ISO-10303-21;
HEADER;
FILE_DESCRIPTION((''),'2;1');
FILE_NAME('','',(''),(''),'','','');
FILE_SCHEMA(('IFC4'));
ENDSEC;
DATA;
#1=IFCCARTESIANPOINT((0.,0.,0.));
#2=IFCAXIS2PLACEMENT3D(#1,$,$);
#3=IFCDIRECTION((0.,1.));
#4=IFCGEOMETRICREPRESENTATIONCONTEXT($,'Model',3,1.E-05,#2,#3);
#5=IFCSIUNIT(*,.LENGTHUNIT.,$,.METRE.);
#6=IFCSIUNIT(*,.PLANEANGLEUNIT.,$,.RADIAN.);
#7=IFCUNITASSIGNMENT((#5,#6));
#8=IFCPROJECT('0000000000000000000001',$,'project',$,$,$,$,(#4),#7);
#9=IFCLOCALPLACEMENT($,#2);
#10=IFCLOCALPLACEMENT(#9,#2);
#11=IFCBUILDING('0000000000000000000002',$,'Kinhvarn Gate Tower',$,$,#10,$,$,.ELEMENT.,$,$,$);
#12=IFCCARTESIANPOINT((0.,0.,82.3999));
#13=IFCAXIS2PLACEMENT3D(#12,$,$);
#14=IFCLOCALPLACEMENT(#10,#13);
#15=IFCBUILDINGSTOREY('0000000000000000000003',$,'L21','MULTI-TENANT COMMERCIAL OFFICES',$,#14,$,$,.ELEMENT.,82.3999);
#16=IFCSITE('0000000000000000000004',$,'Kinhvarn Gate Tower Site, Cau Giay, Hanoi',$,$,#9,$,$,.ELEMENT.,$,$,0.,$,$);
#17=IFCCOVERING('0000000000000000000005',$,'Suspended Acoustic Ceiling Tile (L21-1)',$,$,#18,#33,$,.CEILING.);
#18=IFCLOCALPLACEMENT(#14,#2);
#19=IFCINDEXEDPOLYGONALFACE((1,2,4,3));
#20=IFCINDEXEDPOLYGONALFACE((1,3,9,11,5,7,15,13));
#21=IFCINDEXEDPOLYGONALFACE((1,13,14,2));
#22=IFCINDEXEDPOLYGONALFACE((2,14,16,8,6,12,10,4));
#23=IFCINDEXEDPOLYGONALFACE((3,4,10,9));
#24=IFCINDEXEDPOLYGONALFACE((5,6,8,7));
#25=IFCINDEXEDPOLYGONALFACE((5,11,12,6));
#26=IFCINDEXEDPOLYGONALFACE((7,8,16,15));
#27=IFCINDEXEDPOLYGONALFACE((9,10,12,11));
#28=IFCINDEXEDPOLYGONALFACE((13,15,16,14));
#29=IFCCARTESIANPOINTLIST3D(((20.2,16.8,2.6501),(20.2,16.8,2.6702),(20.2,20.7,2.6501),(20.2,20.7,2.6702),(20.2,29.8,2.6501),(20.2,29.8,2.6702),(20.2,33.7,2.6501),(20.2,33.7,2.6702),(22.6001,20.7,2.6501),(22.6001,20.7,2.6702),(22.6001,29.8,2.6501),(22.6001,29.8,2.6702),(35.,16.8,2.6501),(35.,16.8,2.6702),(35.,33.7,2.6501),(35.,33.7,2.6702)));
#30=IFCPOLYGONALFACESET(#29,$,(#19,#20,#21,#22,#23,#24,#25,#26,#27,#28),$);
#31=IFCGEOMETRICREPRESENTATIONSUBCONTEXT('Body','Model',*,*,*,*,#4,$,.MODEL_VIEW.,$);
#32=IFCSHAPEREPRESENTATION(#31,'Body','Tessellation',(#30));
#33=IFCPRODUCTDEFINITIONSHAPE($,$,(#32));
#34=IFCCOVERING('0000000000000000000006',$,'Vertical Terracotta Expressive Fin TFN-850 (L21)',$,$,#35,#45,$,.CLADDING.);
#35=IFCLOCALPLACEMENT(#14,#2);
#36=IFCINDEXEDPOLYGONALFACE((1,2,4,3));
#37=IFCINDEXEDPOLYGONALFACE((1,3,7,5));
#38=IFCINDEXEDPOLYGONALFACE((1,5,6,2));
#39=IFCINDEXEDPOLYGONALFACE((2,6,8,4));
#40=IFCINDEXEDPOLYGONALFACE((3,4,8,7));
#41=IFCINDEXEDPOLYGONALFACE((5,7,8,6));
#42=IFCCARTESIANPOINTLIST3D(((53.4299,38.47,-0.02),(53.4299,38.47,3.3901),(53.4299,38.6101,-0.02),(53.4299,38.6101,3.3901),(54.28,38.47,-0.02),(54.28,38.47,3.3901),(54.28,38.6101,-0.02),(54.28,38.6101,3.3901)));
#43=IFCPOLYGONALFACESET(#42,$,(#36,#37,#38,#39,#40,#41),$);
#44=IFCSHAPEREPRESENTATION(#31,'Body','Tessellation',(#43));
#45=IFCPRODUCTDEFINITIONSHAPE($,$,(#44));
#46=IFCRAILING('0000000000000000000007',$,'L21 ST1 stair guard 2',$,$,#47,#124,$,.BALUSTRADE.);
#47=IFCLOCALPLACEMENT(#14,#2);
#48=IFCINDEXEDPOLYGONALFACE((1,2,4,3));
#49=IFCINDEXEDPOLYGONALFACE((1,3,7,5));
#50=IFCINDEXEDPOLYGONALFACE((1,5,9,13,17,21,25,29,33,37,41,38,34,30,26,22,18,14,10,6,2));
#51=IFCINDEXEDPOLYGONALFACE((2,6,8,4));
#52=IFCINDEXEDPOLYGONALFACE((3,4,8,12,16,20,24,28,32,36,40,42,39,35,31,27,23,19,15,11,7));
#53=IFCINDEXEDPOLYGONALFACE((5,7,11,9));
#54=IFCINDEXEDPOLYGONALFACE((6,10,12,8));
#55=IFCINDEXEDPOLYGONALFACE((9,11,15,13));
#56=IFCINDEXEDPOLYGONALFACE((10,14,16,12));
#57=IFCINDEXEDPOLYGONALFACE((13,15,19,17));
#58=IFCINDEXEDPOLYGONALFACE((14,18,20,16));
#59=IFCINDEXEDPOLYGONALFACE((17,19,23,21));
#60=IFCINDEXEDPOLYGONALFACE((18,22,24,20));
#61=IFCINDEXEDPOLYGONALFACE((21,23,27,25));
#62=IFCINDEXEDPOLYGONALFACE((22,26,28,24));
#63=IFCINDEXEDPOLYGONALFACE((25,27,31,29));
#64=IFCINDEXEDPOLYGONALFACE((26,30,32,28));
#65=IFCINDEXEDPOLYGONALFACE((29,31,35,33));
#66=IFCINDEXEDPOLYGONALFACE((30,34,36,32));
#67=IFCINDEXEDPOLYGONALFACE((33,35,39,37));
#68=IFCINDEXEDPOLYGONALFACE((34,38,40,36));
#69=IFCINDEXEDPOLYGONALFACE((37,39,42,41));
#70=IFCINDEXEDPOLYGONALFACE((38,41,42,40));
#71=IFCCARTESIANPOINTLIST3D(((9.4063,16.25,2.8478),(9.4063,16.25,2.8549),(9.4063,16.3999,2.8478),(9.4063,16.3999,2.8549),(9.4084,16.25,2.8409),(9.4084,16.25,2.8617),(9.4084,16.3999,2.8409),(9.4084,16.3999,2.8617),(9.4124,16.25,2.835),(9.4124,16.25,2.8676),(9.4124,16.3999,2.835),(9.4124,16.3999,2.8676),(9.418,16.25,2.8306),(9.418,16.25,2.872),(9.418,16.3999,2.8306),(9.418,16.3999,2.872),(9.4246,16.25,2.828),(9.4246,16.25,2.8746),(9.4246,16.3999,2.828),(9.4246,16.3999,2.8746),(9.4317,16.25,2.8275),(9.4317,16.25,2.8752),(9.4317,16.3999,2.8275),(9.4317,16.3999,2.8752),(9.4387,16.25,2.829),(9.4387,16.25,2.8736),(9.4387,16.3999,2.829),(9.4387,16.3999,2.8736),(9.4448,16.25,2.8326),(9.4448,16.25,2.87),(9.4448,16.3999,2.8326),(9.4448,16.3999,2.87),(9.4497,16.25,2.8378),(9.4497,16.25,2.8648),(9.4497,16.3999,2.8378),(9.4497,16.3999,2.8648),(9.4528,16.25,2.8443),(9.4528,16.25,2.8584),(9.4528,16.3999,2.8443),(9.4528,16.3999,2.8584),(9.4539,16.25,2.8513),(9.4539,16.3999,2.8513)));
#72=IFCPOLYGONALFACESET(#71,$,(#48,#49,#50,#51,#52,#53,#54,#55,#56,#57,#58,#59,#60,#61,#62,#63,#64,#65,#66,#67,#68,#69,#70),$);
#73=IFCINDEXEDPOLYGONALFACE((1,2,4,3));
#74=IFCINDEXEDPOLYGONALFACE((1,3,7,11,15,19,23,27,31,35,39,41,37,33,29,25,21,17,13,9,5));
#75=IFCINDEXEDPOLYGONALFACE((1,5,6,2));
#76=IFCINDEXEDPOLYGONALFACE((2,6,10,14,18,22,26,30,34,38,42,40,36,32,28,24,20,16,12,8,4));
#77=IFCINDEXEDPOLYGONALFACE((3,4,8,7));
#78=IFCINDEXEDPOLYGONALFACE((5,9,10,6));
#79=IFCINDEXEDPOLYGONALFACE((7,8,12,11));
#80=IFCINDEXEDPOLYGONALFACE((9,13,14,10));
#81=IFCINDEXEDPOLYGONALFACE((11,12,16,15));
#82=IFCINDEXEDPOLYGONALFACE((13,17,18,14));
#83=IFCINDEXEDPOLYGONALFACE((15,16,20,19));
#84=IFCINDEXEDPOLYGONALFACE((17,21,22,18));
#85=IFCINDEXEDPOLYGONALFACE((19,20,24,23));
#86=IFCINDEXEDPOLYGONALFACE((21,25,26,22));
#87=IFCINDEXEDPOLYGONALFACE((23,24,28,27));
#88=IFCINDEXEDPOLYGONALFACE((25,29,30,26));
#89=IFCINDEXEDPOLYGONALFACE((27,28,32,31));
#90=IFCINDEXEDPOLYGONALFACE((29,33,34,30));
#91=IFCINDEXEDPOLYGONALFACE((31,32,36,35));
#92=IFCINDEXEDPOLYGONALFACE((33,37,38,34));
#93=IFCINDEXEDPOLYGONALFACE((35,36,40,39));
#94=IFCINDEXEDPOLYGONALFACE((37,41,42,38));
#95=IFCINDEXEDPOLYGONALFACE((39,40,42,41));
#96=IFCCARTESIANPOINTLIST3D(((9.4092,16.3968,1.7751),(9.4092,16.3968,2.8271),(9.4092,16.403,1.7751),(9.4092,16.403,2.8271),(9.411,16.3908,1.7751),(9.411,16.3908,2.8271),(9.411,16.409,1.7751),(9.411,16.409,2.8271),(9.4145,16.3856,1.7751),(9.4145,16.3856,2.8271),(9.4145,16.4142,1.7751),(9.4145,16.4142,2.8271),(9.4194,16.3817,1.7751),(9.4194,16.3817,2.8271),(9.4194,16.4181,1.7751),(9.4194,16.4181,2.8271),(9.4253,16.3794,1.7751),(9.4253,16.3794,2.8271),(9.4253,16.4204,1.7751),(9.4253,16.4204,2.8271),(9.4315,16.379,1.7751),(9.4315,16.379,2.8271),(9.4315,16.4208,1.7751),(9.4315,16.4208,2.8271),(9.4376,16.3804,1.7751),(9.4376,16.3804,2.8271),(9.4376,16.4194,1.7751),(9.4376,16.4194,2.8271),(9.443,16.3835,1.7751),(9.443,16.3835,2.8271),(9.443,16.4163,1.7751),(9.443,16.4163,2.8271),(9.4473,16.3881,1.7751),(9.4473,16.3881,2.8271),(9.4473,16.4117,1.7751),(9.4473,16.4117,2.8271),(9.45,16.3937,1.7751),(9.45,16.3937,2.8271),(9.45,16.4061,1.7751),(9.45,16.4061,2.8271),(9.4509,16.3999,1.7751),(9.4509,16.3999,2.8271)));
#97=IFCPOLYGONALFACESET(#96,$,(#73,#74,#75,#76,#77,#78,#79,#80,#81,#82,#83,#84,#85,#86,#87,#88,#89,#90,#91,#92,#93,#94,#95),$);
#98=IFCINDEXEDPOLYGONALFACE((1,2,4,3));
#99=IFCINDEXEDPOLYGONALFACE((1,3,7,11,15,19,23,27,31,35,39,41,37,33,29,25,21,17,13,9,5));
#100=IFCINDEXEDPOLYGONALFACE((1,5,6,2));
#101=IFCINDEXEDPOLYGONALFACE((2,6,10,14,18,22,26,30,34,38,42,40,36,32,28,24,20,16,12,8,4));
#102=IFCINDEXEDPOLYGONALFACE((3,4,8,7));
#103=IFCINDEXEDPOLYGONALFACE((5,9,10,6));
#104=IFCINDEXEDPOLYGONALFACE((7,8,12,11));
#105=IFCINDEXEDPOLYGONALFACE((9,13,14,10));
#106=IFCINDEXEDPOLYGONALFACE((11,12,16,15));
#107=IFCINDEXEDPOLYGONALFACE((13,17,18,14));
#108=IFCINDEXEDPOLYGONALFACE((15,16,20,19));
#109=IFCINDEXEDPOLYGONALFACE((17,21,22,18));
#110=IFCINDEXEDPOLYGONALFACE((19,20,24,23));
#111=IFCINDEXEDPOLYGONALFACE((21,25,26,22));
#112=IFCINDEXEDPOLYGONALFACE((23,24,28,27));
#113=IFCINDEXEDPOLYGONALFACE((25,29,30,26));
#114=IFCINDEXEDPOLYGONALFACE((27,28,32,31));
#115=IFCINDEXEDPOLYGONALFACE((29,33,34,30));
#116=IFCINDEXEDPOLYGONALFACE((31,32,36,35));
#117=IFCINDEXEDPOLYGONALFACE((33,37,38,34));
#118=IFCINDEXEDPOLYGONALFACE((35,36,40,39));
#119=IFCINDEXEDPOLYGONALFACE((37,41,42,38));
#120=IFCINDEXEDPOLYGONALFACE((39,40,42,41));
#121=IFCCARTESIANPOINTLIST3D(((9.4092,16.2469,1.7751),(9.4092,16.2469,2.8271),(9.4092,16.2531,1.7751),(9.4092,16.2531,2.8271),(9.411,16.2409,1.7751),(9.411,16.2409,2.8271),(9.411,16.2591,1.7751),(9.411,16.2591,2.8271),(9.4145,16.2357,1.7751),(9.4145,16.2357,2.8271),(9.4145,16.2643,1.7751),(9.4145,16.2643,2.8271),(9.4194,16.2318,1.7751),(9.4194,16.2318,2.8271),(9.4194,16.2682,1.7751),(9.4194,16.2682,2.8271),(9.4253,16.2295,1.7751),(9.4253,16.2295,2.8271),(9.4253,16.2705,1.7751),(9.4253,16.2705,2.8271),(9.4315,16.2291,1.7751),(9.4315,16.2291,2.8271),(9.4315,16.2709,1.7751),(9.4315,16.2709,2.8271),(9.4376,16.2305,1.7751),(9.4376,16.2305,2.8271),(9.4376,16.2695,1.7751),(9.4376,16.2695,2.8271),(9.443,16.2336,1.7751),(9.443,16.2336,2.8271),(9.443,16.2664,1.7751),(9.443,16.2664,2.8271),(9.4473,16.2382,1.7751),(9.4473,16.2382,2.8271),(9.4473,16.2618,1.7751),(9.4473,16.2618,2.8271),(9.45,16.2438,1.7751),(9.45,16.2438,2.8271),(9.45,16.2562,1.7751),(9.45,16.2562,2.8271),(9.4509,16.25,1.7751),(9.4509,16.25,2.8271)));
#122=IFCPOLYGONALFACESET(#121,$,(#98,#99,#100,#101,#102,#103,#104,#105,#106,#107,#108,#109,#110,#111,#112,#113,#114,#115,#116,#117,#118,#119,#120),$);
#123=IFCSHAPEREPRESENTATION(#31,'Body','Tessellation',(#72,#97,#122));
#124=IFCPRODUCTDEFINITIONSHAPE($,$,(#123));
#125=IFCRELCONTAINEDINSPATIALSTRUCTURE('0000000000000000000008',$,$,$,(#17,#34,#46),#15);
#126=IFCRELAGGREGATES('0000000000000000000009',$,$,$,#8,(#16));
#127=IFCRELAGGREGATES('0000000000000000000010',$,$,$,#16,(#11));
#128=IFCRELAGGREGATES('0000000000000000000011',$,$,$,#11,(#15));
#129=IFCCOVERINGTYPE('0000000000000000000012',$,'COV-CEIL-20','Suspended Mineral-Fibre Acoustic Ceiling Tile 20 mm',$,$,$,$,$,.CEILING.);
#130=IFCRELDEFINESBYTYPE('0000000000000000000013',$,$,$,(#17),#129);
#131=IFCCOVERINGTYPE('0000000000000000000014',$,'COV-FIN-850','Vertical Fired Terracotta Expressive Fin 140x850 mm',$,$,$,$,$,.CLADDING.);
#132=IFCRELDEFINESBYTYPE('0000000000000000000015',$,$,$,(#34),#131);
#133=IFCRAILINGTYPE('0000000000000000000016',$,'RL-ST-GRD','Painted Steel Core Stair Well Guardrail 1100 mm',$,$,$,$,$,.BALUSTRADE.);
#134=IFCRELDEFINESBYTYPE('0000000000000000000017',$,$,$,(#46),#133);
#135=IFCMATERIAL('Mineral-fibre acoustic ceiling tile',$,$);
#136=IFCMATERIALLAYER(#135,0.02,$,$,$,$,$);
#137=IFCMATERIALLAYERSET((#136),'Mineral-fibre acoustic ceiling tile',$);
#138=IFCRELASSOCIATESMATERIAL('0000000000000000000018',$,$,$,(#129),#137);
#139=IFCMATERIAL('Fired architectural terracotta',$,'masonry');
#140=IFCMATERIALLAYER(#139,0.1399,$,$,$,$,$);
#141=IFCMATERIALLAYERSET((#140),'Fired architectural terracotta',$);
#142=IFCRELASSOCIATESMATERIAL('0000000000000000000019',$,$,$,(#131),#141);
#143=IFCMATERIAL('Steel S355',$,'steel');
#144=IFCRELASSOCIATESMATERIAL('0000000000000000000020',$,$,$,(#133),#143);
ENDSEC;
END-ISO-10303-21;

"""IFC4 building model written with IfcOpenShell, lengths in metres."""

from ifc_helpers import new_model, si_unit, direction, frame, origin, origin_2d, place, context, subcontext, project, spatial, polyline, circle, outline, extrude, material, layer, layer_set, type_object, element, save


model = new_model("IFC4")

# Units and contexts
model_context = context("Model", 3, precision=1e-05, world=origin(), true_north=direction((0.0, 1.0)))
body_context = subcontext(model_context, "Body", "Model", "MODEL_VIEW")
ifc_project = project(units=[si_unit("LENGTHUNIT", "METRE"), si_unit("PLANEANGLEUNIT", "RADIAN")], contexts=[model_context])

# Site, building, storey
site_placement = place(None, origin())
site = spatial("IfcSite", under=ifc_project, at=site_placement, Name="Kinhvarn Gate Tower Site, Cau Giay, Hanoi", CompositionType="ELEMENT", RefElevation=0.0)
building_placement = place(site_placement, origin())
building = spatial("IfcBuilding", under=site, at=building_placement, Name="Kinhvarn Gate Tower", CompositionType="ELEMENT")
storey_placement = place(building_placement, frame((0.0, 0.0, 82.3999)))
storey = spatial("IfcBuildingStorey", under=building, at=storey_placement, Name="L21", Description="MULTI-TENANT COMMERCIAL OFFICES", CompositionType="ELEMENT", Elevation=82.3999)

# Shared definitions
ifc_material_1 = material(Name="Steel S355", Category="steel")

# Shared definitions
ifc_material_2 = material(Name="Fired architectural terracotta", Category="masonry")

# Coverings
ifc_material_3 = material(Name="Mineral-fibre acoustic ceiling tile")
ifc_layer_1 = layer(ifc_material_3, 0.02)
ifc_layer_set_1 = layer_set([ifc_layer_1], Name="Mineral-fibre acoustic ceiling tile")
covering_type_1 = type_object("IfcCoveringType", Name="COV-CEIL-20", Description="Suspended Mineral-Fibre Acoustic Ceiling Tile 20 mm", PredefinedType="CEILING", material=ifc_layer_set_1)
covering_1_placement = place(storey_placement, frame((0.0, 0.0, 2.6501)))
element("IfcCovering", 1, at=covering_1_placement, inside=storey, type_object=covering_type_1, Name="Suspended Acoustic Ceiling Tile (L21-1)", PredefinedType="CEILING", context=body_context, shape_type="SweptSolid", body=[
    extrude(outline(polyline([(35.0, 33.7), (35.0, 16.8), (20.2, 16.8), (20.2, 20.7), (22.6001, 20.7), (22.6001, 29.8), (20.2, 29.8), (20.2, 33.7), (35.0, 33.7)])), origin(), (0.0, 0.0, 1.0), 0.02),
])
ifc_layer_2 = layer(ifc_material_2, 0.1399)
ifc_layer_set_2 = layer_set([ifc_layer_2], Name="Fired architectural terracotta")
covering_type_2 = type_object("IfcCoveringType", Name="COV-FIN-850", Description="Vertical Fired Terracotta Expressive Fin 140x850 mm", PredefinedType="CLADDING", material=ifc_layer_set_2)
covering_2_placement = place(storey_placement, frame((0.0, 0.0, -0.02)))
element("IfcCovering", 2, at=covering_2_placement, inside=storey, type_object=covering_type_2, Name="Vertical Terracotta Expressive Fin TFN-850 (L21)", PredefinedType="CLADDING", context=body_context, shape_type="SweptSolid", body=[
    extrude(outline(polyline([(53.4299, 38.47), (53.4299, 38.6101), (54.28, 38.6101), (54.28, 38.47), (53.4299, 38.47)])), origin(), (0.0, 0.0, 1.0), 3.4102),
])

# Railing
railing_type_1 = type_object("IfcRailingType", Name="RL-ST-GRD", Description="Painted Steel Core Stair Well Guardrail 1100 mm", PredefinedType="BALUSTRADE", material=ifc_material_1)
railing_1_placement = place(storey_placement, frame((9.4299, 16.3999, 1.7751)))
element("IfcRailing", 3, at=railing_1_placement, inside=storey, type_object=railing_type_1, Name="L21 ST1 stair guard 2", PredefinedType="BALUSTRADE", context=body_context, shape_type="SweptSolid", body=[
    extrude(circle(Radius=0.0239, at=origin_2d()), frame((0.0, 0.0, 1.0762), z_axis=(0.0, -1.0, 0.0), x_axis=(1.0, 0.0, 0.0)), (0.0, 0.0, 1.0), 0.1499),
    extrude(circle(Radius=0.021, at=origin_2d()), origin(), (0.0, 0.0, 1.0), 1.052),
    extrude(circle(Radius=0.021, at=origin_2d()), frame((0.0, -0.1499, 0.0)), (0.0, 0.0, 1.0), 1.052),
])

save(model, "model.ifc")
